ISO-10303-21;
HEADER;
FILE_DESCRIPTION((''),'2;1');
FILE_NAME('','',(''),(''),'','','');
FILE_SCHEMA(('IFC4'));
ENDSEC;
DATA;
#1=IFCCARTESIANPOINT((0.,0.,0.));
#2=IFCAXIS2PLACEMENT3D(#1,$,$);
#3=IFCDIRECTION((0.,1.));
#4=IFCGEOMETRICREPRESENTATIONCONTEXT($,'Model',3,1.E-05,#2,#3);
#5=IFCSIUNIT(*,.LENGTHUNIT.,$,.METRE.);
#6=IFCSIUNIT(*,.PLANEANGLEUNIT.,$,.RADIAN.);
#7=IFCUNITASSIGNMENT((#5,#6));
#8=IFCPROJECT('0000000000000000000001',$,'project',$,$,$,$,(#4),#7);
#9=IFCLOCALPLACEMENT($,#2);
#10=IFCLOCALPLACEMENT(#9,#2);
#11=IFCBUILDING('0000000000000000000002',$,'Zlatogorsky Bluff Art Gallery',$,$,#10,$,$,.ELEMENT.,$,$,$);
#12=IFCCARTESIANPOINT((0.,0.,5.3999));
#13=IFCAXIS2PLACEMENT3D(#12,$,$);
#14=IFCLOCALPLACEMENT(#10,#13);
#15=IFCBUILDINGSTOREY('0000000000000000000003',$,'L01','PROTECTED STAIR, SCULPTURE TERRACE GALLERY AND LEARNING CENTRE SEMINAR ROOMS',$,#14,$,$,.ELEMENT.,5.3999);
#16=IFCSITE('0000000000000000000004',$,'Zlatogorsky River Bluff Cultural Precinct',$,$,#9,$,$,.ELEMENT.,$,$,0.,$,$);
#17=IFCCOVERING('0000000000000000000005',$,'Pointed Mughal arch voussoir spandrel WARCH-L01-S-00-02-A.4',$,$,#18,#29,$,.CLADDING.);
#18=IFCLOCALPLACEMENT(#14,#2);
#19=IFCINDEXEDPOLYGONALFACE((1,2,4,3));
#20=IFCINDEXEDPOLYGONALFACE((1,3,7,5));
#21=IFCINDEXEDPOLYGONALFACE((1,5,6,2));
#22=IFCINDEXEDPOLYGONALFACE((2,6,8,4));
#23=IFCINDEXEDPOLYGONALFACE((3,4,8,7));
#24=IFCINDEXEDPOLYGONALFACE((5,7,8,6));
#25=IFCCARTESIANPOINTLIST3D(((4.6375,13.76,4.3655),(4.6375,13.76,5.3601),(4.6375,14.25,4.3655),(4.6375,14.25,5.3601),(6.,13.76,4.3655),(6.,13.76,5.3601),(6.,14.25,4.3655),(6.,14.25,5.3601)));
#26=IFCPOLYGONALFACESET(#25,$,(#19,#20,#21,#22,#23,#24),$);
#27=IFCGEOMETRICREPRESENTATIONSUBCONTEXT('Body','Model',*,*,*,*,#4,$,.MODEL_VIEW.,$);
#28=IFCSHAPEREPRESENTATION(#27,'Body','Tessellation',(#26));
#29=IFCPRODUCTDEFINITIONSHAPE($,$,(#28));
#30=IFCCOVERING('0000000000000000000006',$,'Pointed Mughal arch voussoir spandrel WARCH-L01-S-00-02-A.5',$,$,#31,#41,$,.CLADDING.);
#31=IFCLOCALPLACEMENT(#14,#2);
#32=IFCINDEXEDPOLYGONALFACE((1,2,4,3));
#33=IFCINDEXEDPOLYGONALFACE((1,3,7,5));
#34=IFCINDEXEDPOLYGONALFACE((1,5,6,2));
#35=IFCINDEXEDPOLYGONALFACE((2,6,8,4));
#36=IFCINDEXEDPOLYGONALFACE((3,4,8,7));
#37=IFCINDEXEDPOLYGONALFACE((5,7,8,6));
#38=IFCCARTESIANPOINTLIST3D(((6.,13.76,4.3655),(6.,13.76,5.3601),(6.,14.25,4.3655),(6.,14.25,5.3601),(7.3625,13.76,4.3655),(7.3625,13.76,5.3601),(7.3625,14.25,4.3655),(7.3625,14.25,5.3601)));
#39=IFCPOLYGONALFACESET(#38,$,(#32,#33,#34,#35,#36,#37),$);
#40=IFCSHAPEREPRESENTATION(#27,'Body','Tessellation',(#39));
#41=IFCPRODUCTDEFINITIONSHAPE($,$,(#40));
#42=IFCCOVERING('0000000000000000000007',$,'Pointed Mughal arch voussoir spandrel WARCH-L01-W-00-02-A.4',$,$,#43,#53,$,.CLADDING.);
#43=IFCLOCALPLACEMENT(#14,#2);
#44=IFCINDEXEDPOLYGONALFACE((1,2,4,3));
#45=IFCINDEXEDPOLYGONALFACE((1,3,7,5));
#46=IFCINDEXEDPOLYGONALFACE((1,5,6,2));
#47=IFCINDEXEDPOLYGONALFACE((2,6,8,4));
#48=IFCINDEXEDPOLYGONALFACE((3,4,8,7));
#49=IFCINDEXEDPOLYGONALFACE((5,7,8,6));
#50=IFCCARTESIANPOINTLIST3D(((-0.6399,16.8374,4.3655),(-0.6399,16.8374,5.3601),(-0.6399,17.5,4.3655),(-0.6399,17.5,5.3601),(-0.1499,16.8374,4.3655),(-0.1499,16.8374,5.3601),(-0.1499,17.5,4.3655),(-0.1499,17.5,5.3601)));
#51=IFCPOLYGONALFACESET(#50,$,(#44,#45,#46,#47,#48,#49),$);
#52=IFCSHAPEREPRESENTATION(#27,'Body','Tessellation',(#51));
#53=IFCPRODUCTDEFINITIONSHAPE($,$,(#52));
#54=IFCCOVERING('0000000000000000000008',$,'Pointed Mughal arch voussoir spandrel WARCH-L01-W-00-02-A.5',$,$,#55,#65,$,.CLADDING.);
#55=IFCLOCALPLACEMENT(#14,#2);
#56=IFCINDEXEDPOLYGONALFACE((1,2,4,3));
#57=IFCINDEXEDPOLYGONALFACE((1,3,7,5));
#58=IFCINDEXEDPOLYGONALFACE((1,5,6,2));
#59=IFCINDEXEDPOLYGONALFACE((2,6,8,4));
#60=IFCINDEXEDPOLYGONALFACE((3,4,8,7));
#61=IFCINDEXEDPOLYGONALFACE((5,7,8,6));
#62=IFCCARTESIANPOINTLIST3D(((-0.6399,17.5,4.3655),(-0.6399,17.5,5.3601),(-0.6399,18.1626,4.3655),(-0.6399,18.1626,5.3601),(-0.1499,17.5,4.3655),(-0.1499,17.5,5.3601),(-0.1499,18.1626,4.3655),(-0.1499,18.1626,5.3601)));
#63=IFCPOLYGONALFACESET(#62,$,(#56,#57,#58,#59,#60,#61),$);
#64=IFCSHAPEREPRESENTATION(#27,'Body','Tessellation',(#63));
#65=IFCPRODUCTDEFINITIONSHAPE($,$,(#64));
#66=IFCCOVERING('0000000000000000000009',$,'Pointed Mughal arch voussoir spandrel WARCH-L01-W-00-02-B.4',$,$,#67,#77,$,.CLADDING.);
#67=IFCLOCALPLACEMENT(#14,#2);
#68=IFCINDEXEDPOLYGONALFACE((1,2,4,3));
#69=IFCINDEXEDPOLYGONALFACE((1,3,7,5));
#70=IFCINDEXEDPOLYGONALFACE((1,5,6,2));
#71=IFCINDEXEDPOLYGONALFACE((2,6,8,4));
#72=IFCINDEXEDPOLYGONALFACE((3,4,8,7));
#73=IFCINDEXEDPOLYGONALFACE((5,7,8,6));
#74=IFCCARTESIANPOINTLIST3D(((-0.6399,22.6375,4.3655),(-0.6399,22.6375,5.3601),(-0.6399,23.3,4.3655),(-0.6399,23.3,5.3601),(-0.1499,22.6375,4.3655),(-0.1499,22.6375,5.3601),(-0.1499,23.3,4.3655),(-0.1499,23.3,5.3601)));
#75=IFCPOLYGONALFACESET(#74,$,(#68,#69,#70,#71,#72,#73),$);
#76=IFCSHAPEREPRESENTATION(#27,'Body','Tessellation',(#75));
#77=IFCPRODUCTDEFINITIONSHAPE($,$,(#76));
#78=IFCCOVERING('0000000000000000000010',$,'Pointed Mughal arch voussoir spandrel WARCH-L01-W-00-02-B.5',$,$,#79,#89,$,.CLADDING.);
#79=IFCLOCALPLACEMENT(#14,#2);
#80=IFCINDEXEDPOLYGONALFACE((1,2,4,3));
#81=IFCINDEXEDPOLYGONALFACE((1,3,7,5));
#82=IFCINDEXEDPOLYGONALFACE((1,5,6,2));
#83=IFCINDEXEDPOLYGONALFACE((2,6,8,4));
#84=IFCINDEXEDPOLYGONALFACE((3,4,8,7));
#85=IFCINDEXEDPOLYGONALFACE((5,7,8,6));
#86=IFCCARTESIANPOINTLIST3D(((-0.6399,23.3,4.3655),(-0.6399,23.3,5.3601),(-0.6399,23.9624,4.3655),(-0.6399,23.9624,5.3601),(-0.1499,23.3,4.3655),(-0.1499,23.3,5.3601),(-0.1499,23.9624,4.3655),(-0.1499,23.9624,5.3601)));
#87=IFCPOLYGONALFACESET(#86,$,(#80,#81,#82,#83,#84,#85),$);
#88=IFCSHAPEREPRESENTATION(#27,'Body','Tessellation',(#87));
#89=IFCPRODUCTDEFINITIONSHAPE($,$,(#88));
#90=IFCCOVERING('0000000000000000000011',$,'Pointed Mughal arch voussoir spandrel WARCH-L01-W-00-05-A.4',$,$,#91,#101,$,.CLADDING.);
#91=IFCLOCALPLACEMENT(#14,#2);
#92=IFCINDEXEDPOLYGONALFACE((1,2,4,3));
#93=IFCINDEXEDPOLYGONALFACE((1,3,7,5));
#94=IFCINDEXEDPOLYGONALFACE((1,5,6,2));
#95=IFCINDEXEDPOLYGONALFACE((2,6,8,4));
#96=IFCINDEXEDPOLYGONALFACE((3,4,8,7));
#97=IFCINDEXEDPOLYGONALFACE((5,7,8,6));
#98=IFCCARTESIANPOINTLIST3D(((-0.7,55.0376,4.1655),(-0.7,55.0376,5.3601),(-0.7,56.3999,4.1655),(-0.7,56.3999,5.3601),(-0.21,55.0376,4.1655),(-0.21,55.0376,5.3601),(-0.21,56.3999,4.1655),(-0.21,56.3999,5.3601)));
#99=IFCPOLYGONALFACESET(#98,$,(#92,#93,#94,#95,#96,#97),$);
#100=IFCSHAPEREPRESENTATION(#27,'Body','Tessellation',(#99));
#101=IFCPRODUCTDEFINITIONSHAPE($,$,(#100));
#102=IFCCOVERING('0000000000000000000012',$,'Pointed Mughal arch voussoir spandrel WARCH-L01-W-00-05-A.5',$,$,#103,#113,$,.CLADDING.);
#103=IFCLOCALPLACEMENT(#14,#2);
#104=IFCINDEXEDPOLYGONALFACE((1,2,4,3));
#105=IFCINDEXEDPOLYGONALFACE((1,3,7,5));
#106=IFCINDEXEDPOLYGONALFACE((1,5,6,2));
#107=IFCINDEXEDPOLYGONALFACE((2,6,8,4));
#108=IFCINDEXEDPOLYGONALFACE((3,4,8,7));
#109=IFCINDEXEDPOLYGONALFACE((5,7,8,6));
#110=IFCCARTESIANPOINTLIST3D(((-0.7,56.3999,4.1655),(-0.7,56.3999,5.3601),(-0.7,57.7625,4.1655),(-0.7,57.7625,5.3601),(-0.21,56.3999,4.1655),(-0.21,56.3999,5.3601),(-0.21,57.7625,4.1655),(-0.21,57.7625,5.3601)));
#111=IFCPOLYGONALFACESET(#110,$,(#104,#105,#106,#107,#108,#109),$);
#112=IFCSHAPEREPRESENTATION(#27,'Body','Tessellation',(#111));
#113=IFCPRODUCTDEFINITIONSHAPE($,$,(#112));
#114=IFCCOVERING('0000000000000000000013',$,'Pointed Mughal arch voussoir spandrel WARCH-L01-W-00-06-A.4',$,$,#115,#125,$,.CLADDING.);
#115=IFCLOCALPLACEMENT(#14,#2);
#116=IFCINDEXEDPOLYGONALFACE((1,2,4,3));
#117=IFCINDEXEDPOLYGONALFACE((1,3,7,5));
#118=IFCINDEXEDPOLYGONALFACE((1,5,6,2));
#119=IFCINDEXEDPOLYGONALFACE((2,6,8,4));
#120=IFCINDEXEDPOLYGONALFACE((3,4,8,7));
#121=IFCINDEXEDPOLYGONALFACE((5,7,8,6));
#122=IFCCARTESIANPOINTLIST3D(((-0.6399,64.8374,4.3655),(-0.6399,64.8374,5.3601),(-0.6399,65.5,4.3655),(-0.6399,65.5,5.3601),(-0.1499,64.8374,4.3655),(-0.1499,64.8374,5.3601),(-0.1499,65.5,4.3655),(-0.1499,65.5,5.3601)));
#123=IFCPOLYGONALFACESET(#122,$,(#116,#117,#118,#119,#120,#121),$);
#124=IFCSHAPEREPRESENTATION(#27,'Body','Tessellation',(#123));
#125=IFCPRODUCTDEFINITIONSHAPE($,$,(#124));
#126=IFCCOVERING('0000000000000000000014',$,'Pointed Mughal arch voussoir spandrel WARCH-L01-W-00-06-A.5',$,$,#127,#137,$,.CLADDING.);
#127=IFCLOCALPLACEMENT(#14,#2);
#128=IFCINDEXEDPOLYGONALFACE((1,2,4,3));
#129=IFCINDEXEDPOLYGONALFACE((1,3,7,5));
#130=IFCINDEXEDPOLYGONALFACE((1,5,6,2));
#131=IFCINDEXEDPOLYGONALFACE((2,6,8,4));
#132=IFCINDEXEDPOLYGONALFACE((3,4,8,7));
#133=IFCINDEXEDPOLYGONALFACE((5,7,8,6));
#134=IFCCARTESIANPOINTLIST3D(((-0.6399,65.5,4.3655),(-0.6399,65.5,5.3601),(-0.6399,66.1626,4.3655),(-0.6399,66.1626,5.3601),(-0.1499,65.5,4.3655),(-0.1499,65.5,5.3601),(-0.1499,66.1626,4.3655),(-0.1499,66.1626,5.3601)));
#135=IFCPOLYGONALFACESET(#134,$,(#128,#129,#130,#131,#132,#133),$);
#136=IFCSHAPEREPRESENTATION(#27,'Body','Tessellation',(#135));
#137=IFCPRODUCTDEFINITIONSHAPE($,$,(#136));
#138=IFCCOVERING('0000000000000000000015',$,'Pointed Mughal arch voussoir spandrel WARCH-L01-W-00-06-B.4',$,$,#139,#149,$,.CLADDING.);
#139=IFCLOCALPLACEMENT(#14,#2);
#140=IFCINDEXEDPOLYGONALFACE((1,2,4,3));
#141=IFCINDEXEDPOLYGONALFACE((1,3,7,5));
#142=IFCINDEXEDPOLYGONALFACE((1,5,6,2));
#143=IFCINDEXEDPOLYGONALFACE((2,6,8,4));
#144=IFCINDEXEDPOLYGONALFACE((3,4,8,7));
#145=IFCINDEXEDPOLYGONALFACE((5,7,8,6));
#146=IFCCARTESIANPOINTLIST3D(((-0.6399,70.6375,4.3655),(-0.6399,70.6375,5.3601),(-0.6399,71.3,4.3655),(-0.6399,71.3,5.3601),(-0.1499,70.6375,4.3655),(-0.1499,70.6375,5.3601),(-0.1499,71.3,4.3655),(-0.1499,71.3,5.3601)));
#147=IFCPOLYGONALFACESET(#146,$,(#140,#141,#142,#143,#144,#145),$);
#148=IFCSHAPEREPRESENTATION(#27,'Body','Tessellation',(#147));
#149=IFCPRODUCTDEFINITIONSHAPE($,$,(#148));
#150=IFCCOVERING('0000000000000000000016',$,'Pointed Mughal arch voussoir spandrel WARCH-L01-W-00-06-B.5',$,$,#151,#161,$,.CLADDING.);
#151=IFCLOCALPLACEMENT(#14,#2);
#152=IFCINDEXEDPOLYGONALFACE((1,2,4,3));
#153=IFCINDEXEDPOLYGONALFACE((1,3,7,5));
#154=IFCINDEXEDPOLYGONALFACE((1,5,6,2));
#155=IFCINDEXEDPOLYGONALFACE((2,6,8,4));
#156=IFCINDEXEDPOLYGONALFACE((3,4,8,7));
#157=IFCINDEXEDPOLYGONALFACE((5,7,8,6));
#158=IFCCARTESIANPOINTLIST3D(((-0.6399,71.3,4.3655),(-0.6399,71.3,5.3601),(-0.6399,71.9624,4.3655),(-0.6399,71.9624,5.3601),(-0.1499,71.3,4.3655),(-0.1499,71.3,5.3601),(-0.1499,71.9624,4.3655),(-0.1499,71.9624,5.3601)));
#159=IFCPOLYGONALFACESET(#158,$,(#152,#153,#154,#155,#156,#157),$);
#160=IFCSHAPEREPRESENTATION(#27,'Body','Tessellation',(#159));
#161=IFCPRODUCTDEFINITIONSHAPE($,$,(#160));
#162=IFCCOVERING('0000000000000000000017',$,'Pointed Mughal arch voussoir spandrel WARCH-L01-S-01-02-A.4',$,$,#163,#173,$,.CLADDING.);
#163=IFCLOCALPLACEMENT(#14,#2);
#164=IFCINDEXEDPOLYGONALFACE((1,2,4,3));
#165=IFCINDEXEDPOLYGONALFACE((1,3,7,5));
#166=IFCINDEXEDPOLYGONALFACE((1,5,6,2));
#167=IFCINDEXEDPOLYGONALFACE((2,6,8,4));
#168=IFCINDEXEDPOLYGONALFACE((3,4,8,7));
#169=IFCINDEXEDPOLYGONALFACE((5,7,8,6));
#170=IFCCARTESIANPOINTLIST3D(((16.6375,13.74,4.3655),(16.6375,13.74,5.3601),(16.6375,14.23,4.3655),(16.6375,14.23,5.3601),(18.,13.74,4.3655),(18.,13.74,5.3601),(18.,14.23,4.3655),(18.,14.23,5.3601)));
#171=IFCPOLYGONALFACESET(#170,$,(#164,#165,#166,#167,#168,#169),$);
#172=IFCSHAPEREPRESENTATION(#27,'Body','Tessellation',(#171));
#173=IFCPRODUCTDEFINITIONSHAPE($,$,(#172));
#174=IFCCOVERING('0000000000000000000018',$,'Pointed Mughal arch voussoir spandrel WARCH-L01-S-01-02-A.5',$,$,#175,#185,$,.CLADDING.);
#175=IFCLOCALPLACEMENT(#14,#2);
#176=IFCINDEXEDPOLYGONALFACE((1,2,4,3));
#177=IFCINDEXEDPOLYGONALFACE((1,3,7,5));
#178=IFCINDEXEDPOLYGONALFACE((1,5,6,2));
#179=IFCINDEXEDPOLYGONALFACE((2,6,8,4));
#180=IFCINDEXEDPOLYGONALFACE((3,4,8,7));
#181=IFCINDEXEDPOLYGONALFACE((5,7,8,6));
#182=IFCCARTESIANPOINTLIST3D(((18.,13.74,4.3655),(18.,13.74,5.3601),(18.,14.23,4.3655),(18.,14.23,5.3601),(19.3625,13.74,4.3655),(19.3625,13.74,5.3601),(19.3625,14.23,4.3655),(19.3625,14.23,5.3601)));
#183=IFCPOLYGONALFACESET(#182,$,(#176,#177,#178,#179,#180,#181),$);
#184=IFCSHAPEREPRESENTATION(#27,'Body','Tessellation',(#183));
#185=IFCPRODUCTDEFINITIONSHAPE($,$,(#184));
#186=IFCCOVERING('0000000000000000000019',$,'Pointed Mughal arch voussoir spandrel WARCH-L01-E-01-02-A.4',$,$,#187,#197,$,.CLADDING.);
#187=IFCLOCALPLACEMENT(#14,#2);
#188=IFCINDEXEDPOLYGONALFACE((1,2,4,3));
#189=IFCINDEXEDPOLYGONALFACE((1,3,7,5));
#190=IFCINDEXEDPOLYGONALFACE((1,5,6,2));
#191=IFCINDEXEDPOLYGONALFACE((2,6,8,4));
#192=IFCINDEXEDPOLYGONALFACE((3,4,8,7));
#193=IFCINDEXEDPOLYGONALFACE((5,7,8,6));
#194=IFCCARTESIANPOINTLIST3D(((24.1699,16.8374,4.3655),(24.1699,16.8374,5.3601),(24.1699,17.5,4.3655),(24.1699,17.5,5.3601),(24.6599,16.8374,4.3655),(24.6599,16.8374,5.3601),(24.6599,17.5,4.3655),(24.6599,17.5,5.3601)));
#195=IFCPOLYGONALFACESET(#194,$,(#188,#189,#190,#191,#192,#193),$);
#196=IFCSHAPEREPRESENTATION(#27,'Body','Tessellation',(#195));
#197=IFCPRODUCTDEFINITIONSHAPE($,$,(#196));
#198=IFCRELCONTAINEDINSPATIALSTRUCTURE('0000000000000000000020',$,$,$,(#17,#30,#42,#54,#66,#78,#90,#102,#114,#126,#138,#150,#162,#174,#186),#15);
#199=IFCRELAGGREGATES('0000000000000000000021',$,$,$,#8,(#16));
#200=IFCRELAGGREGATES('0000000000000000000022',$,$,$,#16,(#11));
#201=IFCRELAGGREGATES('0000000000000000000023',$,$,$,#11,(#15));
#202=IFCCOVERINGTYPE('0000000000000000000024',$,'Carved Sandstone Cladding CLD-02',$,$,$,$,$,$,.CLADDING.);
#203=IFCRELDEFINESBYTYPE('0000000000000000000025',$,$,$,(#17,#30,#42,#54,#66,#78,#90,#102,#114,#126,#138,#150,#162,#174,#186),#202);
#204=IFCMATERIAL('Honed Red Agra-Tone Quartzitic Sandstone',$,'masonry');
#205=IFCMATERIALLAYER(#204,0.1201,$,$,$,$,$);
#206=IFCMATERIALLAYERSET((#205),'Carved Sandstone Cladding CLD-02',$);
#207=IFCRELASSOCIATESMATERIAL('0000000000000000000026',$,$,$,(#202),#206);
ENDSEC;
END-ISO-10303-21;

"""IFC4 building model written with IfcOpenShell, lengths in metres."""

from ifc_helpers import new_model, si_unit, direction, frame, origin, place, context, subcontext, project, spatial, polyline, outline, extrude, material, layer, layer_set, type_object, element, save


model = new_model("IFC4")

# Units and contexts
model_context = context("Model", 3, precision=1e-05, world=origin(), true_north=direction((0.0, 1.0)))
body_context = subcontext(model_context, "Body", "Model", "MODEL_VIEW")
ifc_project = project(units=[si_unit("LENGTHUNIT", "METRE"), si_unit("PLANEANGLEUNIT", "RADIAN")], contexts=[model_context])

# Site, building, storey
site_placement = place(None, origin())
site = spatial("IfcSite", under=ifc_project, at=site_placement, Name="Zlatogorsky River Bluff Cultural Precinct", CompositionType="ELEMENT", RefElevation=0.0)
building_placement = place(site_placement, origin())
building = spatial("IfcBuilding", under=site, at=building_placement, Name="Zlatogorsky Bluff Art Gallery", CompositionType="ELEMENT")
storey_placement = place(building_placement, frame((0.0, 0.0, 5.3999)))
storey = spatial("IfcBuildingStorey", under=building, at=storey_placement, Name="L01", Description="PROTECTED STAIR, SCULPTURE TERRACE GALLERY AND LEARNING CENTRE SEMINAR ROOMS", CompositionType="ELEMENT", Elevation=5.3999)

# Coverings
ifc_material = material(Name="Honed Red Agra-Tone Quartzitic Sandstone", Category="masonry")
ifc_layer = layer(ifc_material, 0.1201)
ifc_layer_set = layer_set([ifc_layer], Name="Carved Sandstone Cladding CLD-02")
covering_type = type_object("IfcCoveringType", Name="Carved Sandstone Cladding CLD-02", PredefinedType="CLADDING", material=ifc_layer_set)
covering_1_placement = place(storey_placement, frame((0.0, 0.0, 4.3655)))
element("IfcCovering", 1, at=covering_1_placement, inside=storey, type_object=covering_type, Name="Pointed Mughal arch voussoir spandrel WARCH-L01-S-00-02-A.4", PredefinedType="CLADDING", context=body_context, shape_type="SweptSolid", body=[
    extrude(outline(polyline([(4.6375, 13.76), (6.0, 13.76), (6.0, 14.25), (4.6375, 14.25), (4.6375, 13.76)])), origin(), (0.0, 0.0, 1.0), 0.9946),
])
covering_2_placement = place(storey_placement, frame((0.0, 0.0, 4.3655)))
element("IfcCovering", 2, at=covering_2_placement, inside=storey, type_object=covering_type, Name="Pointed Mughal arch voussoir spandrel WARCH-L01-S-00-02-A.5", PredefinedType="CLADDING", context=body_context, shape_type="SweptSolid", body=[
    extrude(outline(polyline([(6.0, 13.76), (7.3625, 13.76), (7.3625, 14.25), (6.0, 14.25), (6.0, 13.76)])), origin(), (0.0, 0.0, 1.0), 0.9946),
])
covering_3_placement = place(storey_placement, frame((0.0, 0.0, 4.3655)))
element("IfcCovering", 3, at=covering_3_placement, inside=storey, type_object=covering_type, Name="Pointed Mughal arch voussoir spandrel WARCH-L01-W-00-02-A.4", PredefinedType="CLADDING", context=body_context, shape_type="SweptSolid", body=[
    extrude(outline(polyline([(-0.6399, 16.8374), (-0.6399, 17.5), (-0.1499, 17.5), (-0.1499, 16.8374), (-0.6399, 16.8374)])), origin(), (0.0, 0.0, 1.0), 0.9946),
])
covering_4_placement = place(storey_placement, frame((0.0, 0.0, 4.3655)))
element("IfcCovering", 4, at=covering_4_placement, inside=storey, type_object=covering_type, Name="Pointed Mughal arch voussoir spandrel WARCH-L01-W-00-02-A.5", PredefinedType="CLADDING", context=body_context, shape_type="SweptSolid", body=[
    extrude(outline(polyline([(-0.6399, 17.5), (-0.6399, 18.1626), (-0.1499, 18.1626), (-0.1499, 17.5), (-0.6399, 17.5)])), origin(), (0.0, 0.0, 1.0), 0.9946),
])
covering_5_placement = place(storey_placement, frame((0.0, 0.0, 4.3655)))
element("IfcCovering", 5, at=covering_5_placement, inside=storey, type_object=covering_type, Name="Pointed Mughal arch voussoir spandrel WARCH-L01-W-00-02-B.4", PredefinedType="CLADDING", context=body_context, shape_type="SweptSolid", body=[
    extrude(outline(polyline([(-0.6399, 22.6375), (-0.6399, 23.3), (-0.1499, 23.3), (-0.1499, 22.6375), (-0.6399, 22.6375)])), origin(), (0.0, 0.0, 1.0), 0.9946),
])
covering_6_placement = place(storey_placement, frame((0.0, 0.0, 4.3655)))
element("IfcCovering", 6, at=covering_6_placement, inside=storey, type_object=covering_type, Name="Pointed Mughal arch voussoir spandrel WARCH-L01-W-00-02-B.5", PredefinedType="CLADDING", context=body_context, shape_type="SweptSolid", body=[
    extrude(outline(polyline([(-0.6399, 23.3), (-0.6399, 23.9624), (-0.1499, 23.9624), (-0.1499, 23.3), (-0.6399, 23.3)])), origin(), (0.0, 0.0, 1.0), 0.9946),
])
covering_7_placement = place(storey_placement, frame((0.0, 0.0, 4.1655)))
element("IfcCovering", 7, at=covering_7_placement, inside=storey, type_object=covering_type, Name="Pointed Mughal arch voussoir spandrel WARCH-L01-W-00-05-A.4", PredefinedType="CLADDING", context=body_context, shape_type="SweptSolid", body=[
    extrude(outline(polyline([(-0.7, 55.0376), (-0.7, 56.3999), (-0.21, 56.3999), (-0.21, 55.0376), (-0.7, 55.0376)])), origin(), (0.0, 0.0, 1.0), 1.1946),
])
covering_8_placement = place(storey_placement, frame((0.0, 0.0, 4.1655)))
element("IfcCovering", 8, at=covering_8_placement, inside=storey, type_object=covering_type, Name="Pointed Mughal arch voussoir spandrel WARCH-L01-W-00-05-A.5", PredefinedType="CLADDING", context=body_context, shape_type="SweptSolid", body=[
    extrude(outline(polyline([(-0.7, 56.3999), (-0.7, 57.7625), (-0.21, 57.7625), (-0.21, 56.3999), (-0.7, 56.3999)])), origin(), (0.0, 0.0, 1.0), 1.1946),
])
covering_9_placement = place(storey_placement, frame((0.0, 0.0, 4.3655)))
element("IfcCovering", 9, at=covering_9_placement, inside=storey, type_object=covering_type, Name="Pointed Mughal arch voussoir spandrel WARCH-L01-W-00-06-A.4", PredefinedType="CLADDING", context=body_context, shape_type="SweptSolid", body=[
    extrude(outline(polyline([(-0.6399, 64.8374), (-0.6399, 65.5), (-0.1499, 65.5), (-0.1499, 64.8374), (-0.6399, 64.8374)])), origin(), (0.0, 0.0, 1.0), 0.9946),
])
covering_10_placement = place(storey_placement, frame((0.0, 0.0, 4.3655)))
element("IfcCovering", 10, at=covering_10_placement, inside=storey, type_object=covering_type, Name="Pointed Mughal arch voussoir spandrel WARCH-L01-W-00-06-A.5", PredefinedType="CLADDING", context=body_context, shape_type="SweptSolid", body=[
    extrude(outline(polyline([(-0.6399, 65.5), (-0.6399, 66.1626), (-0.1499, 66.1626), (-0.1499, 65.5), (-0.6399, 65.5)])), origin(), (0.0, 0.0, 1.0), 0.9946),
])
covering_11_placement = place(storey_placement, frame((0.0, 0.0, 4.3655)))
element("IfcCovering", 11, at=covering_11_placement, inside=storey, type_object=covering_type, Name="Pointed Mughal arch voussoir spandrel WARCH-L01-W-00-06-B.4", PredefinedType="CLADDING", context=body_context, shape_type="SweptSolid", body=[
    extrude(outline(polyline([(-0.6399, 70.6375), (-0.6399, 71.3), (-0.1499, 71.3), (-0.1499, 70.6375), (-0.6399, 70.6375)])), origin(), (0.0, 0.0, 1.0), 0.9946),
])
covering_12_placement = place(storey_placement, frame((0.0, 0.0, 4.3655)))
element("IfcCovering", 12, at=covering_12_placement, inside=storey, type_object=covering_type, Name="Pointed Mughal arch voussoir spandrel WARCH-L01-W-00-06-B.5", PredefinedType="CLADDING", context=body_context, shape_type="SweptSolid", body=[
    extrude(outline(polyline([(-0.6399, 71.3), (-0.6399, 71.9624), (-0.1499, 71.9624), (-0.1499, 71.3), (-0.6399, 71.3)])), origin(), (0.0, 0.0, 1.0), 0.9946),
])
covering_13_placement = place(storey_placement, frame((0.0, 0.0, 4.3655)))
element("IfcCovering", 13, at=covering_13_placement, inside=storey, type_object=covering_type, Name="Pointed Mughal arch voussoir spandrel WARCH-L01-S-01-02-A.4", PredefinedType="CLADDING", context=body_context, shape_type="SweptSolid", body=[
    extrude(outline(polyline([(16.6375, 13.74), (18.0, 13.74), (18.0, 14.23), (16.6375, 14.23), (16.6375, 13.74)])), origin(), (0.0, 0.0, 1.0), 0.9946),
])
covering_14_placement = place(storey_placement, frame((0.0, 0.0, 4.3655)))
element("IfcCovering", 14, at=covering_14_placement, inside=storey, type_object=covering_type, Name="Pointed Mughal arch voussoir spandrel WARCH-L01-S-01-02-A.5", PredefinedType="CLADDING", context=body_context, shape_type="SweptSolid", body=[
    extrude(outline(polyline([(18.0, 13.74), (19.3625, 13.74), (19.3625, 14.23), (18.0, 14.23), (18.0, 13.74)])), origin(), (0.0, 0.0, 1.0), 0.9946),
])
covering_15_placement = place(storey_placement, frame((0.0, 0.0, 4.3655)))
element("IfcCovering", 15, at=covering_15_placement, inside=storey, type_object=covering_type, Name="Pointed Mughal arch voussoir spandrel WARCH-L01-E-01-02-A.4", PredefinedType="CLADDING", context=body_context, shape_type="SweptSolid", body=[
    extrude(outline(polyline([(24.1699, 16.8374), (24.1699, 17.5), (24.6599, 17.5), (24.6599, 16.8374), (24.1699, 16.8374)])), origin(), (0.0, 0.0, 1.0), 0.9946),
])

save(model, "model.ifc")
